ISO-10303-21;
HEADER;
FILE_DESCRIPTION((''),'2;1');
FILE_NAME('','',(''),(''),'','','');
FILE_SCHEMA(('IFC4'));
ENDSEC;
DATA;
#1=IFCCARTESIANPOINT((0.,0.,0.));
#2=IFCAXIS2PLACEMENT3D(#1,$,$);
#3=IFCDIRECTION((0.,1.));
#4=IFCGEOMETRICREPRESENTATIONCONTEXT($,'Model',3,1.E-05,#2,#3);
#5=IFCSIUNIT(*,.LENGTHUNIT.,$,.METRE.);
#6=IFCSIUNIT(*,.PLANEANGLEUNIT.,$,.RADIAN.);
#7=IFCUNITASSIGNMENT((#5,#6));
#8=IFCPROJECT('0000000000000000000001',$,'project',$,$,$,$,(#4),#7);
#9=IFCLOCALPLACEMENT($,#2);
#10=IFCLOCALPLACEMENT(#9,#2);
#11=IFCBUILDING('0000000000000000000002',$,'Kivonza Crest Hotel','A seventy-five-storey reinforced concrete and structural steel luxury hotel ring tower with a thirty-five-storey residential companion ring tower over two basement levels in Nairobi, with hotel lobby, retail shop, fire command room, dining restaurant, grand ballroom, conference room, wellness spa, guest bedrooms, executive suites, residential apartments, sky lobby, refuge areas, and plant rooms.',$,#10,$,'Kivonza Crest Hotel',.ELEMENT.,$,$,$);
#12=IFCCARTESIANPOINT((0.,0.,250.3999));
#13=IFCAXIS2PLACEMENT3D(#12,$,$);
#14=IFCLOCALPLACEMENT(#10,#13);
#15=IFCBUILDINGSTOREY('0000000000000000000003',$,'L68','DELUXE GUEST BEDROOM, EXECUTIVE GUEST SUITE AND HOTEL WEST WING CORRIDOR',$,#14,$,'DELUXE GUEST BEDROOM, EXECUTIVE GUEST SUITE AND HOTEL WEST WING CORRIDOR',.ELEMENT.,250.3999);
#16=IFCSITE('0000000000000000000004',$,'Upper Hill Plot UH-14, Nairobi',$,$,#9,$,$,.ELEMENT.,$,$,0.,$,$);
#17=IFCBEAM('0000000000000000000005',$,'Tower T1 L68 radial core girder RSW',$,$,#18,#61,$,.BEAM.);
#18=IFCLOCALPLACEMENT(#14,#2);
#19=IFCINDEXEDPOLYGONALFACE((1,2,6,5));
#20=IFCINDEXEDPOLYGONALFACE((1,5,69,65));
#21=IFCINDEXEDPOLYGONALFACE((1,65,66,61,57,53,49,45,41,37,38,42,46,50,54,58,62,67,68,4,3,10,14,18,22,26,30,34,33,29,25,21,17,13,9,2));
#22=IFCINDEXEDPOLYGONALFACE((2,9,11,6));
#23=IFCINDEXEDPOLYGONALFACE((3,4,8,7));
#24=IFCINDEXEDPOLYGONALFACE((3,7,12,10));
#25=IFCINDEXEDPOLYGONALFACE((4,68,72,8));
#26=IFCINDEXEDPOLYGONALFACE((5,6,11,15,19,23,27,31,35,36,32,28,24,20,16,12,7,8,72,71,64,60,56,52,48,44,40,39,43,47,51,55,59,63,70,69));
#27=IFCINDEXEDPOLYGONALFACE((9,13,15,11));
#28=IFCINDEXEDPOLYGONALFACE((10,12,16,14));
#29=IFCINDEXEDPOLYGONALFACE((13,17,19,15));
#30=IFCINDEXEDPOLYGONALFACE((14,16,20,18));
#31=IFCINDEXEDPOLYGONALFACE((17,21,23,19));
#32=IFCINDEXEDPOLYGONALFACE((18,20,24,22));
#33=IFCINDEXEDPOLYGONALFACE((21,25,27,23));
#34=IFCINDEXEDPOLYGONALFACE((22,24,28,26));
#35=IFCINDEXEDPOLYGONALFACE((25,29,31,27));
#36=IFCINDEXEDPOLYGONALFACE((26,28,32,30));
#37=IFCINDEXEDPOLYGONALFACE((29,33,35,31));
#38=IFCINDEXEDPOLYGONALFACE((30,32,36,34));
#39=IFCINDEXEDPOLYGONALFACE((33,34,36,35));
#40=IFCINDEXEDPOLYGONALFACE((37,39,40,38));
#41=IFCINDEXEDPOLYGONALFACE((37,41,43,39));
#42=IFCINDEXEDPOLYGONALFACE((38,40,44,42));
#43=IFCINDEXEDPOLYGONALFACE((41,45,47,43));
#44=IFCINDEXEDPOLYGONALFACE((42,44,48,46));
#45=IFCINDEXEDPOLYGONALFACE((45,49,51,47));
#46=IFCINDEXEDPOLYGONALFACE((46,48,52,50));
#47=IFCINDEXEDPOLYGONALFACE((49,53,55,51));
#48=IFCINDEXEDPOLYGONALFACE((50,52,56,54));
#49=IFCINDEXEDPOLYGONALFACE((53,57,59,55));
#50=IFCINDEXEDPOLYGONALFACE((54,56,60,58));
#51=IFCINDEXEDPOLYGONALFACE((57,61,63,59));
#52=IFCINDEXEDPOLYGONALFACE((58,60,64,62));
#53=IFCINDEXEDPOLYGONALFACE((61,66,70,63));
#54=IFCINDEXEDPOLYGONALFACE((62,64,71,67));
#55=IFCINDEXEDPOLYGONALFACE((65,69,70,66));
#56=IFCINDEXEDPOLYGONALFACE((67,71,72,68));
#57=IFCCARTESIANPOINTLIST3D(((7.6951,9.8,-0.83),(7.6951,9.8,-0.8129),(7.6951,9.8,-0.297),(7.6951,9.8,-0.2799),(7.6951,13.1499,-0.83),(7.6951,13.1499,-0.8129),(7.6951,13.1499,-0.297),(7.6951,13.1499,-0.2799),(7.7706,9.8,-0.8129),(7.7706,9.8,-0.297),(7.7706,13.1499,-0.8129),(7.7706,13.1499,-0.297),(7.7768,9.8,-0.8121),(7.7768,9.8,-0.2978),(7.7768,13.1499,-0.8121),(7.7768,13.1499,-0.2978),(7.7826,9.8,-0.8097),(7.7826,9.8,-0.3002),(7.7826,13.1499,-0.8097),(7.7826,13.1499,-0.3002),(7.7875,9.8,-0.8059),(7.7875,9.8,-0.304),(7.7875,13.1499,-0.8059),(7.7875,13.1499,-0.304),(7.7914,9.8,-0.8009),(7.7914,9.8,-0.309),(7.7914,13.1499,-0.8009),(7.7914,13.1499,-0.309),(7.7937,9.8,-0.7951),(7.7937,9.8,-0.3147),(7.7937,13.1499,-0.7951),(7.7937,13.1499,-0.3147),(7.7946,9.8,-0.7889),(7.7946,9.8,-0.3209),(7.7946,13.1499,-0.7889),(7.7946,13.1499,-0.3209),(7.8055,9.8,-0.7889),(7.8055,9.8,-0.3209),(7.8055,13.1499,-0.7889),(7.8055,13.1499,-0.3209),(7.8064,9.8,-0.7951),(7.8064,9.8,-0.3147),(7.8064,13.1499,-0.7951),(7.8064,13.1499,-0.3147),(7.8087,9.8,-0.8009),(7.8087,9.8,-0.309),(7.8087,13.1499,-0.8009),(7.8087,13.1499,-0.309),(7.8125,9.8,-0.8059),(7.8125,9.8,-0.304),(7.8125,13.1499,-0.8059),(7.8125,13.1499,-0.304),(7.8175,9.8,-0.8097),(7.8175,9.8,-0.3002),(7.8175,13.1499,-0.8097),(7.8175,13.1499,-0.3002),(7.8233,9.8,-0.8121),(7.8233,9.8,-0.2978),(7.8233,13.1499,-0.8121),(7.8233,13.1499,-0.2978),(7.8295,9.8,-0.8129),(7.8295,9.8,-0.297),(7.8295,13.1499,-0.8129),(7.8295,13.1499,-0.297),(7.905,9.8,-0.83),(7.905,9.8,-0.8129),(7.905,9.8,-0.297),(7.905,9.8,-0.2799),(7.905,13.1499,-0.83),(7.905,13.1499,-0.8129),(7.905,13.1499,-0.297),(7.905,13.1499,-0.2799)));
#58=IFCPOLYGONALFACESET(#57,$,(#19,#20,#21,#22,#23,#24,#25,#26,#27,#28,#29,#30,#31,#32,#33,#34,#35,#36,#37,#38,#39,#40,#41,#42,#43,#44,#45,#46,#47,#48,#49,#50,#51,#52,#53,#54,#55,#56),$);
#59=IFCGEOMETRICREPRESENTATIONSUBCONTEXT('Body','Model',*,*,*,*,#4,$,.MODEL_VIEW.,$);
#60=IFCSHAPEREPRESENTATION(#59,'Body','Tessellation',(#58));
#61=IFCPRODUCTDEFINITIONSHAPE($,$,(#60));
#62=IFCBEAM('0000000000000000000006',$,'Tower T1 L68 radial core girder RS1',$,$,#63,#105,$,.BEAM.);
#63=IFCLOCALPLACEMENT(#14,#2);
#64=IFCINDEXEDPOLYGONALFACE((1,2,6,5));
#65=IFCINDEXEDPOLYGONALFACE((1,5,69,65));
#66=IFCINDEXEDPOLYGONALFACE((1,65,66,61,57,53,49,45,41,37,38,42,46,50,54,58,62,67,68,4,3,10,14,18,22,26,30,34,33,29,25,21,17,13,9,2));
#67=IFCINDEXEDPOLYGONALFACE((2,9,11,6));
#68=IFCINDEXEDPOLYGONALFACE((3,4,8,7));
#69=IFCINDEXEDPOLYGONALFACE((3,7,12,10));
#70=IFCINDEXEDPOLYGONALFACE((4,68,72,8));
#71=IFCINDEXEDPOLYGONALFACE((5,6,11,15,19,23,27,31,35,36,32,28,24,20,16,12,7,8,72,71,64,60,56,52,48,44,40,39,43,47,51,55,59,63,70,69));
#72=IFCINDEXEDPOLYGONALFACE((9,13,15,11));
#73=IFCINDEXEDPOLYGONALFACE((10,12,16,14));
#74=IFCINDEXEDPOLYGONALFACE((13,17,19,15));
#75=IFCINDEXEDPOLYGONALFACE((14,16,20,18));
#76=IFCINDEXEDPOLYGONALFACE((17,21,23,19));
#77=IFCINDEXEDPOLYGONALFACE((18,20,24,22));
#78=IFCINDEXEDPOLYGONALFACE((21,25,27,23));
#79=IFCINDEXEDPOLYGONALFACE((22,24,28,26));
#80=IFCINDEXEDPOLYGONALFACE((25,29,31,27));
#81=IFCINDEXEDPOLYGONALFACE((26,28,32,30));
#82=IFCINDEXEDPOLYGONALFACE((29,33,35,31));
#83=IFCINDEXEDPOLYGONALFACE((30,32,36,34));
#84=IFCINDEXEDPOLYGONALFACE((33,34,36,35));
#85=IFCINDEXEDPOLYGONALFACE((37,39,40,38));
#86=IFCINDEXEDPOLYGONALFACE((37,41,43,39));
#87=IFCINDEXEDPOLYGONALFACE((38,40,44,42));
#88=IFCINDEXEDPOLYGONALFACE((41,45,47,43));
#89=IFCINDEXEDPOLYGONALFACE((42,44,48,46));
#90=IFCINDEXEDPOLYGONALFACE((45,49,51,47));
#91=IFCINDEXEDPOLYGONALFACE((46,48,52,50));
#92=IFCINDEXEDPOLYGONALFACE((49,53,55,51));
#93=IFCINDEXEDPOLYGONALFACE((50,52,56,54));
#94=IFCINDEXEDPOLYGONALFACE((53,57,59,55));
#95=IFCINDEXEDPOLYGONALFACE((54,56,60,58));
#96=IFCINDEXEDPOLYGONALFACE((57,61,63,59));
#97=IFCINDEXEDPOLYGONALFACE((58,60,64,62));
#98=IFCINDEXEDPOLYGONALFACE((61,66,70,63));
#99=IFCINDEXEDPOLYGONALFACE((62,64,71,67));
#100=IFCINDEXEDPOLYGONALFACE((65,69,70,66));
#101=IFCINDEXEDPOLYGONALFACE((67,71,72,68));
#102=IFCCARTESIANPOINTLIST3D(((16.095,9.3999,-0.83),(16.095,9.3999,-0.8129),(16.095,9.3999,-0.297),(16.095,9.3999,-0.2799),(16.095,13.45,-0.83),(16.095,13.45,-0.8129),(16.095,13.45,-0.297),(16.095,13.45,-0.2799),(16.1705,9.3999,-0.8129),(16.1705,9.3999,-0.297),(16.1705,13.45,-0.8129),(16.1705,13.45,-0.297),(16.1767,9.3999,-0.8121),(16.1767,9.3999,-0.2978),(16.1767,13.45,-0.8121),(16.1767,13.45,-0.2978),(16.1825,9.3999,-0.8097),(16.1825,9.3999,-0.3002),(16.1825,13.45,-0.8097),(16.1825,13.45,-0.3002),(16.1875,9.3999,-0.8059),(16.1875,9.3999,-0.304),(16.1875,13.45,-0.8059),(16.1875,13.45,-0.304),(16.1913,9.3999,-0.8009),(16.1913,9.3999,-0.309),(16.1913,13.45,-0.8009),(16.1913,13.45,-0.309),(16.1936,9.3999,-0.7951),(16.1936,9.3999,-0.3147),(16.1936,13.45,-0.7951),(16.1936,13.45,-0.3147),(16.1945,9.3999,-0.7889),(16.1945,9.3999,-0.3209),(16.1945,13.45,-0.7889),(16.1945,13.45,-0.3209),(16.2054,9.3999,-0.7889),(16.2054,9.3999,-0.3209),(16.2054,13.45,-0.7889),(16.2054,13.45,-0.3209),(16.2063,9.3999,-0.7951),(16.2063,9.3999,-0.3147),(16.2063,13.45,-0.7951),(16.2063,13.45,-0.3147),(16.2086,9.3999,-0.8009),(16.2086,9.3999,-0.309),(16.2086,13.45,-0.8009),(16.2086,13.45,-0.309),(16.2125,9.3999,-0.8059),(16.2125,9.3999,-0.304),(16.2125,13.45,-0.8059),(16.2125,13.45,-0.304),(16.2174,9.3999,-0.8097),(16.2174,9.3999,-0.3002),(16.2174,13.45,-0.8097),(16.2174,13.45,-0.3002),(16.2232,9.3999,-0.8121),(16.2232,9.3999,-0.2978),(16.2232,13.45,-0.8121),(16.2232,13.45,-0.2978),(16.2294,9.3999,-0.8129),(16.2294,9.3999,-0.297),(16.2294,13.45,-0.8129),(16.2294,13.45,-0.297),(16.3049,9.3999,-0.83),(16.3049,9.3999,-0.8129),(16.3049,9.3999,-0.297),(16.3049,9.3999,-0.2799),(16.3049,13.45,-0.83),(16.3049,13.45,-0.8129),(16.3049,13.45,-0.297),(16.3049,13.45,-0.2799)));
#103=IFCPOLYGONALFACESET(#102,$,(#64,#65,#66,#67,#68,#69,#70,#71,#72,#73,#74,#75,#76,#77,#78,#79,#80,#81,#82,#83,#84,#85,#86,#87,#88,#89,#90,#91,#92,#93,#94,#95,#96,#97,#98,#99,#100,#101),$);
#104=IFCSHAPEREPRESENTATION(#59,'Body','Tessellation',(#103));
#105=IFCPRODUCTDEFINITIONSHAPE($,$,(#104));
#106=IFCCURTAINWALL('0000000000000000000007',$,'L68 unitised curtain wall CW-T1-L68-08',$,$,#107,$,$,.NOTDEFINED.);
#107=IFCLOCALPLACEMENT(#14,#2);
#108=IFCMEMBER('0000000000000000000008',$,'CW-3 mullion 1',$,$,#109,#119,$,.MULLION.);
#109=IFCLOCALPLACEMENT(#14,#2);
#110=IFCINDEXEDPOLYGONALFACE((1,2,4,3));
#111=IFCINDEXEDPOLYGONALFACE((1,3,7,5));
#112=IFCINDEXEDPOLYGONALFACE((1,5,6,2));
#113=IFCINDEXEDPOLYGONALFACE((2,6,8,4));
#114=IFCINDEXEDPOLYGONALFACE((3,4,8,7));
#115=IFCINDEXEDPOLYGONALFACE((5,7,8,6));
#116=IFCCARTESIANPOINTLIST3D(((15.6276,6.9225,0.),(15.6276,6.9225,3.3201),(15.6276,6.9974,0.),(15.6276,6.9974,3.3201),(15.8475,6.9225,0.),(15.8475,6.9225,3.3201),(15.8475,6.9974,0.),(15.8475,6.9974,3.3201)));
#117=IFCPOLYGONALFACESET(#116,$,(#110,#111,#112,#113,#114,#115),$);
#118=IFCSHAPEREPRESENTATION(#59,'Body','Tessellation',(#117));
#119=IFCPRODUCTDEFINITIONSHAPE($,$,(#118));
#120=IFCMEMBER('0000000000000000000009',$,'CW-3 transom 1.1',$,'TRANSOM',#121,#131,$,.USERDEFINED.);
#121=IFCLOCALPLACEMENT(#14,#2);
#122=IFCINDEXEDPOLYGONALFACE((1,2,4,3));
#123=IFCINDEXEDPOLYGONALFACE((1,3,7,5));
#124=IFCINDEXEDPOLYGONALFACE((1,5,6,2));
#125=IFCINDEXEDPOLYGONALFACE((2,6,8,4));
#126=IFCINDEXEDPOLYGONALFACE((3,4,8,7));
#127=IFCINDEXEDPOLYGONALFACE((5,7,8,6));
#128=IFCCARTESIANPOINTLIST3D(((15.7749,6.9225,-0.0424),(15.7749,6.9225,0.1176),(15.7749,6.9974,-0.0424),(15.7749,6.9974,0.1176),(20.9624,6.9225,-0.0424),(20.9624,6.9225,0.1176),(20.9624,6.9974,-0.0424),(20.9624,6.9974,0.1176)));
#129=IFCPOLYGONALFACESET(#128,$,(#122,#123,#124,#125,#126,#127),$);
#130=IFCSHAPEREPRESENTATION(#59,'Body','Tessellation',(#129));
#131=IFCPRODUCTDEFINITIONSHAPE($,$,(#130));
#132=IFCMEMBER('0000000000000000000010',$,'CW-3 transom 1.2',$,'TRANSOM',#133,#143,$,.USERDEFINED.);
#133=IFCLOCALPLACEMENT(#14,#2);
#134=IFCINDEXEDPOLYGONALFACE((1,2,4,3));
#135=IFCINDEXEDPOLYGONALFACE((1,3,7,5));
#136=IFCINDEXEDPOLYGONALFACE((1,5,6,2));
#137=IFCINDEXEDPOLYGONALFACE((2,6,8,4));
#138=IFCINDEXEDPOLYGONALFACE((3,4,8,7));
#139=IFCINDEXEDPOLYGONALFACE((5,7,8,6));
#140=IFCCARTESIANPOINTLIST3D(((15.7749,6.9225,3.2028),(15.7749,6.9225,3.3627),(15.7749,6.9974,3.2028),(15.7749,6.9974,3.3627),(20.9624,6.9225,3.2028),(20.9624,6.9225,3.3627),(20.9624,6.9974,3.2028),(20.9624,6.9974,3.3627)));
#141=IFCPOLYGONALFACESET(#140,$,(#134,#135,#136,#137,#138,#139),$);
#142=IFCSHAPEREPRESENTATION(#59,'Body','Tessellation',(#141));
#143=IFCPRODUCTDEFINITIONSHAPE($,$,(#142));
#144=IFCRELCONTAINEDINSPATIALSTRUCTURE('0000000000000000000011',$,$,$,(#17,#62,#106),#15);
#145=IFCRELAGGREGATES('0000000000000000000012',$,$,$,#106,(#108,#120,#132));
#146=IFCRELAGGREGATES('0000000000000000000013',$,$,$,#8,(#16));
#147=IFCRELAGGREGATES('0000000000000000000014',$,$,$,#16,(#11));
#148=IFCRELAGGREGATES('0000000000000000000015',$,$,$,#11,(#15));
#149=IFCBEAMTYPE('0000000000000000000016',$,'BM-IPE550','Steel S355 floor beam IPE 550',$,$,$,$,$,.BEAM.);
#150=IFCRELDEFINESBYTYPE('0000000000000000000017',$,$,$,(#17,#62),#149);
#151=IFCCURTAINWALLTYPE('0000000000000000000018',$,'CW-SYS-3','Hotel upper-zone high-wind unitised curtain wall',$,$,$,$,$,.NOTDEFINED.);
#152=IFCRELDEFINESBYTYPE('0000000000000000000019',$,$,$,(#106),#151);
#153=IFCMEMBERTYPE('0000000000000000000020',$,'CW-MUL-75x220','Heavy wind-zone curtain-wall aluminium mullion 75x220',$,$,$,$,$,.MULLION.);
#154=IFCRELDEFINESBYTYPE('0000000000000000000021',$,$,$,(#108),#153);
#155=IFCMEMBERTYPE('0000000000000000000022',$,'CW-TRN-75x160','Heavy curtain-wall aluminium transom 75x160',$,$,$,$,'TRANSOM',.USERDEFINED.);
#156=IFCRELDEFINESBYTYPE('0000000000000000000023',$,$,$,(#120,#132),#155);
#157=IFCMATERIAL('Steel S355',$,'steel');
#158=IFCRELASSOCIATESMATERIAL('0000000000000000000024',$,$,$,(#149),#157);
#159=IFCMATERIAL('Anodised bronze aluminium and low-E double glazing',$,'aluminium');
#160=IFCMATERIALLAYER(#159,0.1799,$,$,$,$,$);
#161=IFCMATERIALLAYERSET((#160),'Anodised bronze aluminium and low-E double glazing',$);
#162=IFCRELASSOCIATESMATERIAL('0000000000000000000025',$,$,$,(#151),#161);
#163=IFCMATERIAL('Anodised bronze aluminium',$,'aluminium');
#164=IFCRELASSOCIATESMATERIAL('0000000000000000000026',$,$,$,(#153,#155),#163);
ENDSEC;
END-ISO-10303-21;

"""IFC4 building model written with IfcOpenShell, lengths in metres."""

from ifc_helpers import new_model, si_unit, direction, frame, origin, origin_2d, place, context, subcontext, project, spatial, rectangle, i_section, extrude, material, layer, layer_set, material_profile, profile_set, type_object, element, aggregate, save


model = new_model("IFC4")

# Units and contexts
model_context = context("Model", 3, precision=1e-05, world=origin(), true_north=direction((0.0, 1.0)))
body_context = subcontext(model_context, "Body", "Model", "MODEL_VIEW")
ifc_project = project(units=[si_unit("LENGTHUNIT", "METRE"), si_unit("PLANEANGLEUNIT", "RADIAN")], contexts=[model_context])

# Site, building, storey
site_placement = place(None, origin())
site = spatial("IfcSite", under=ifc_project, at=site_placement, Name="Upper Hill Plot UH-14, Nairobi", CompositionType="ELEMENT", RefElevation=0.0)
building_placement = place(site_placement, origin())
building = spatial("IfcBuilding", under=site, at=building_placement, Name="Kivonza Crest Hotel", Description="A seventy-five-storey reinforced concrete and structural steel luxury hotel ring tower with a thirty-five-storey residential companion ring tower over two basement levels in Nairobi, with hotel lobby, retail shop, fire command room, dining restaurant, grand ballroom, conference room, wellness spa, guest bedrooms, executive suites, residential apartments, sky lobby, refuge areas, and plant rooms.", LongName="Kivonza Crest Hotel", CompositionType="ELEMENT")
storey_placement = place(building_placement, frame((0.0, 0.0, 250.3999)))
storey = spatial("IfcBuildingStorey", under=building, at=storey_placement, Name="L68", Description="DELUXE GUEST BEDROOM, EXECUTIVE GUEST SUITE AND HOTEL WEST WING CORRIDOR", LongName="DELUXE GUEST BEDROOM, EXECUTIVE GUEST SUITE AND HOTEL WEST WING CORRIDOR", CompositionType="ELEMENT", Elevation=250.3999)

# Beams
ifc_material_1 = material(Name="Steel S355", Category="steel")
ifc_material_profile_1 = material_profile(ifc_material_1, i_section(OverallWidth=0.21, OverallDepth=0.55, WebThickness=0.011, FlangeThickness=0.0171, FilletRadius=0.0239, at=origin_2d()), Name="IPE 550")
ifc_profile_set_1 = profile_set([ifc_material_profile_1], Name="Steel S355")
beam_type_1 = type_object("IfcBeamType", Name="BM-IPE550", Description="Steel S355 floor beam IPE 550", PredefinedType="BEAM", material=ifc_profile_set_1)
beam_1_placement = place(storey_placement, frame((7.8, 9.8, -0.5549), z_axis=(0.0, 1.0, 0.0), x_axis=(-1.0, 0.0, 0.0)))
element("IfcBeam", 1, at=beam_1_placement, inside=storey, type_object=beam_type_1, Name="Tower T1 L68 radial core girder RSW", PredefinedType="BEAM", context=body_context, shape_type="SweptSolid", body=[
    extrude(i_section(OverallWidth=0.21, OverallDepth=0.55, WebThickness=0.011, FlangeThickness=0.0171, FilletRadius=0.0239, at=origin_2d()), origin(), (0.0, 0.0, 1.0), 3.3499),
])
beam_2_placement = place(storey_placement, frame((16.2, 9.3999, -0.5549), z_axis=(0.0, 1.0, 0.0), x_axis=(-1.0, 0.0, 0.0)))
element("IfcBeam", 2, at=beam_2_placement, inside=storey, type_object=beam_type_1, Name="Tower T1 L68 radial core girder RS1", PredefinedType="BEAM", context=body_context, shape_type="SweptSolid", body=[
    extrude(i_section(OverallWidth=0.21, OverallDepth=0.55, WebThickness=0.011, FlangeThickness=0.0171, FilletRadius=0.0239, at=origin_2d()), origin(), (0.0, 0.0, 1.0), 4.05),
])

# Curtain wall, members
ifc_material_2 = material(Name="Anodised bronze aluminium and low-E double glazing", Category="aluminium")
ifc_layer_1 = layer(ifc_material_2, 0.1799)
ifc_layer_set_1 = layer_set([ifc_layer_1], Name="Anodised bronze aluminium and low-E double glazing")
curtain_wall_type = type_object("IfcCurtainWallType", Name="CW-SYS-3", Description="Hotel upper-zone high-wind unitised curtain wall", PredefinedType="NOTDEFINED", material=ifc_layer_set_1)
curtain_wall_placement = place(storey_placement, origin())
curtain_wall = element("IfcCurtainWall", 3, at=curtain_wall_placement, inside=storey, type_object=curtain_wall_type, Name="L68 unitised curtain wall CW-T1-L68-08", PredefinedType="NOTDEFINED")
ifc_material_3 = material(Name="Anodised bronze aluminium", Category="aluminium")
ifc_material_profile_2 = material_profile(ifc_material_3, rectangle(XDim=0.075, YDim=0.22, at=origin_2d()), Name="CW-M 75x220")
ifc_profile_set_2 = profile_set([ifc_material_profile_2], Name="Anodised bronze aluminium")
member_type_1 = type_object("IfcMemberType", Name="CW-MUL-75x220", Description="Heavy wind-zone curtain-wall aluminium mullion 75x220", PredefinedType="MULLION", material=ifc_profile_set_2)
member_1_placement = place(storey_placement, frame((15.7375, 6.96, 0.0), z_axis=(0.0, 0.0, 1.0), x_axis=(0.0, 1.0, 0.0)))
member_1 = element("IfcMember", 4, at=member_1_placement, type_object=member_type_1, Name="CW-3 mullion 1", PredefinedType="MULLION", context=body_context, shape_type="SweptSolid", body=[
    extrude(rectangle(XDim=0.075, YDim=0.22, at=origin_2d()), origin(), (0.0, 0.0, 1.0), 3.3201),
])
ifc_material_profile_3 = material_profile(ifc_material_3, rectangle(XDim=0.075, YDim=0.1599, at=origin_2d()), Name="CW-T 75x160")
ifc_profile_set_3 = profile_set([ifc_material_profile_3], Name="Anodised bronze aluminium")
member_type_2 = type_object("IfcMemberType", Name="CW-TRN-75x160", Description="Heavy curtain-wall aluminium transom 75x160", ElementType="TRANSOM", PredefinedType="USERDEFINED", material=ifc_profile_set_3)
member_2_placement = place(storey_placement, frame((15.7749, 6.96, 0.0376), z_axis=(1.0, 0.0, 0.0), x_axis=(0.0, 1.0, 0.0)))
member_2 = element("IfcMember", 5, at=member_2_placement, type_object=member_type_2, Name="CW-3 transom 1.1", ObjectType="TRANSOM", PredefinedType="USERDEFINED", context=body_context, shape_type="SweptSolid", body=[
    extrude(rectangle(XDim=0.075, YDim=0.1599, at=origin_2d()), origin(), (0.0, 0.0, 1.0), 5.1875),
])
member_3_placement = place(storey_placement, frame((15.7749, 6.96, 3.2827), z_axis=(1.0, 0.0, 0.0), x_axis=(0.0, 1.0, 0.0)))
member_3 = element("IfcMember", 6, at=member_3_placement, type_object=member_type_2, Name="CW-3 transom 1.2", ObjectType="TRANSOM", PredefinedType="USERDEFINED", context=body_context, shape_type="SweptSolid", body=[
    extrude(rectangle(XDim=0.075, YDim=0.1599, at=origin_2d()), origin(), (0.0, 0.0, 1.0), 5.1875),
])
aggregate(curtain_wall, [member_1, member_2, member_3])

save(model, "model.ifc")
